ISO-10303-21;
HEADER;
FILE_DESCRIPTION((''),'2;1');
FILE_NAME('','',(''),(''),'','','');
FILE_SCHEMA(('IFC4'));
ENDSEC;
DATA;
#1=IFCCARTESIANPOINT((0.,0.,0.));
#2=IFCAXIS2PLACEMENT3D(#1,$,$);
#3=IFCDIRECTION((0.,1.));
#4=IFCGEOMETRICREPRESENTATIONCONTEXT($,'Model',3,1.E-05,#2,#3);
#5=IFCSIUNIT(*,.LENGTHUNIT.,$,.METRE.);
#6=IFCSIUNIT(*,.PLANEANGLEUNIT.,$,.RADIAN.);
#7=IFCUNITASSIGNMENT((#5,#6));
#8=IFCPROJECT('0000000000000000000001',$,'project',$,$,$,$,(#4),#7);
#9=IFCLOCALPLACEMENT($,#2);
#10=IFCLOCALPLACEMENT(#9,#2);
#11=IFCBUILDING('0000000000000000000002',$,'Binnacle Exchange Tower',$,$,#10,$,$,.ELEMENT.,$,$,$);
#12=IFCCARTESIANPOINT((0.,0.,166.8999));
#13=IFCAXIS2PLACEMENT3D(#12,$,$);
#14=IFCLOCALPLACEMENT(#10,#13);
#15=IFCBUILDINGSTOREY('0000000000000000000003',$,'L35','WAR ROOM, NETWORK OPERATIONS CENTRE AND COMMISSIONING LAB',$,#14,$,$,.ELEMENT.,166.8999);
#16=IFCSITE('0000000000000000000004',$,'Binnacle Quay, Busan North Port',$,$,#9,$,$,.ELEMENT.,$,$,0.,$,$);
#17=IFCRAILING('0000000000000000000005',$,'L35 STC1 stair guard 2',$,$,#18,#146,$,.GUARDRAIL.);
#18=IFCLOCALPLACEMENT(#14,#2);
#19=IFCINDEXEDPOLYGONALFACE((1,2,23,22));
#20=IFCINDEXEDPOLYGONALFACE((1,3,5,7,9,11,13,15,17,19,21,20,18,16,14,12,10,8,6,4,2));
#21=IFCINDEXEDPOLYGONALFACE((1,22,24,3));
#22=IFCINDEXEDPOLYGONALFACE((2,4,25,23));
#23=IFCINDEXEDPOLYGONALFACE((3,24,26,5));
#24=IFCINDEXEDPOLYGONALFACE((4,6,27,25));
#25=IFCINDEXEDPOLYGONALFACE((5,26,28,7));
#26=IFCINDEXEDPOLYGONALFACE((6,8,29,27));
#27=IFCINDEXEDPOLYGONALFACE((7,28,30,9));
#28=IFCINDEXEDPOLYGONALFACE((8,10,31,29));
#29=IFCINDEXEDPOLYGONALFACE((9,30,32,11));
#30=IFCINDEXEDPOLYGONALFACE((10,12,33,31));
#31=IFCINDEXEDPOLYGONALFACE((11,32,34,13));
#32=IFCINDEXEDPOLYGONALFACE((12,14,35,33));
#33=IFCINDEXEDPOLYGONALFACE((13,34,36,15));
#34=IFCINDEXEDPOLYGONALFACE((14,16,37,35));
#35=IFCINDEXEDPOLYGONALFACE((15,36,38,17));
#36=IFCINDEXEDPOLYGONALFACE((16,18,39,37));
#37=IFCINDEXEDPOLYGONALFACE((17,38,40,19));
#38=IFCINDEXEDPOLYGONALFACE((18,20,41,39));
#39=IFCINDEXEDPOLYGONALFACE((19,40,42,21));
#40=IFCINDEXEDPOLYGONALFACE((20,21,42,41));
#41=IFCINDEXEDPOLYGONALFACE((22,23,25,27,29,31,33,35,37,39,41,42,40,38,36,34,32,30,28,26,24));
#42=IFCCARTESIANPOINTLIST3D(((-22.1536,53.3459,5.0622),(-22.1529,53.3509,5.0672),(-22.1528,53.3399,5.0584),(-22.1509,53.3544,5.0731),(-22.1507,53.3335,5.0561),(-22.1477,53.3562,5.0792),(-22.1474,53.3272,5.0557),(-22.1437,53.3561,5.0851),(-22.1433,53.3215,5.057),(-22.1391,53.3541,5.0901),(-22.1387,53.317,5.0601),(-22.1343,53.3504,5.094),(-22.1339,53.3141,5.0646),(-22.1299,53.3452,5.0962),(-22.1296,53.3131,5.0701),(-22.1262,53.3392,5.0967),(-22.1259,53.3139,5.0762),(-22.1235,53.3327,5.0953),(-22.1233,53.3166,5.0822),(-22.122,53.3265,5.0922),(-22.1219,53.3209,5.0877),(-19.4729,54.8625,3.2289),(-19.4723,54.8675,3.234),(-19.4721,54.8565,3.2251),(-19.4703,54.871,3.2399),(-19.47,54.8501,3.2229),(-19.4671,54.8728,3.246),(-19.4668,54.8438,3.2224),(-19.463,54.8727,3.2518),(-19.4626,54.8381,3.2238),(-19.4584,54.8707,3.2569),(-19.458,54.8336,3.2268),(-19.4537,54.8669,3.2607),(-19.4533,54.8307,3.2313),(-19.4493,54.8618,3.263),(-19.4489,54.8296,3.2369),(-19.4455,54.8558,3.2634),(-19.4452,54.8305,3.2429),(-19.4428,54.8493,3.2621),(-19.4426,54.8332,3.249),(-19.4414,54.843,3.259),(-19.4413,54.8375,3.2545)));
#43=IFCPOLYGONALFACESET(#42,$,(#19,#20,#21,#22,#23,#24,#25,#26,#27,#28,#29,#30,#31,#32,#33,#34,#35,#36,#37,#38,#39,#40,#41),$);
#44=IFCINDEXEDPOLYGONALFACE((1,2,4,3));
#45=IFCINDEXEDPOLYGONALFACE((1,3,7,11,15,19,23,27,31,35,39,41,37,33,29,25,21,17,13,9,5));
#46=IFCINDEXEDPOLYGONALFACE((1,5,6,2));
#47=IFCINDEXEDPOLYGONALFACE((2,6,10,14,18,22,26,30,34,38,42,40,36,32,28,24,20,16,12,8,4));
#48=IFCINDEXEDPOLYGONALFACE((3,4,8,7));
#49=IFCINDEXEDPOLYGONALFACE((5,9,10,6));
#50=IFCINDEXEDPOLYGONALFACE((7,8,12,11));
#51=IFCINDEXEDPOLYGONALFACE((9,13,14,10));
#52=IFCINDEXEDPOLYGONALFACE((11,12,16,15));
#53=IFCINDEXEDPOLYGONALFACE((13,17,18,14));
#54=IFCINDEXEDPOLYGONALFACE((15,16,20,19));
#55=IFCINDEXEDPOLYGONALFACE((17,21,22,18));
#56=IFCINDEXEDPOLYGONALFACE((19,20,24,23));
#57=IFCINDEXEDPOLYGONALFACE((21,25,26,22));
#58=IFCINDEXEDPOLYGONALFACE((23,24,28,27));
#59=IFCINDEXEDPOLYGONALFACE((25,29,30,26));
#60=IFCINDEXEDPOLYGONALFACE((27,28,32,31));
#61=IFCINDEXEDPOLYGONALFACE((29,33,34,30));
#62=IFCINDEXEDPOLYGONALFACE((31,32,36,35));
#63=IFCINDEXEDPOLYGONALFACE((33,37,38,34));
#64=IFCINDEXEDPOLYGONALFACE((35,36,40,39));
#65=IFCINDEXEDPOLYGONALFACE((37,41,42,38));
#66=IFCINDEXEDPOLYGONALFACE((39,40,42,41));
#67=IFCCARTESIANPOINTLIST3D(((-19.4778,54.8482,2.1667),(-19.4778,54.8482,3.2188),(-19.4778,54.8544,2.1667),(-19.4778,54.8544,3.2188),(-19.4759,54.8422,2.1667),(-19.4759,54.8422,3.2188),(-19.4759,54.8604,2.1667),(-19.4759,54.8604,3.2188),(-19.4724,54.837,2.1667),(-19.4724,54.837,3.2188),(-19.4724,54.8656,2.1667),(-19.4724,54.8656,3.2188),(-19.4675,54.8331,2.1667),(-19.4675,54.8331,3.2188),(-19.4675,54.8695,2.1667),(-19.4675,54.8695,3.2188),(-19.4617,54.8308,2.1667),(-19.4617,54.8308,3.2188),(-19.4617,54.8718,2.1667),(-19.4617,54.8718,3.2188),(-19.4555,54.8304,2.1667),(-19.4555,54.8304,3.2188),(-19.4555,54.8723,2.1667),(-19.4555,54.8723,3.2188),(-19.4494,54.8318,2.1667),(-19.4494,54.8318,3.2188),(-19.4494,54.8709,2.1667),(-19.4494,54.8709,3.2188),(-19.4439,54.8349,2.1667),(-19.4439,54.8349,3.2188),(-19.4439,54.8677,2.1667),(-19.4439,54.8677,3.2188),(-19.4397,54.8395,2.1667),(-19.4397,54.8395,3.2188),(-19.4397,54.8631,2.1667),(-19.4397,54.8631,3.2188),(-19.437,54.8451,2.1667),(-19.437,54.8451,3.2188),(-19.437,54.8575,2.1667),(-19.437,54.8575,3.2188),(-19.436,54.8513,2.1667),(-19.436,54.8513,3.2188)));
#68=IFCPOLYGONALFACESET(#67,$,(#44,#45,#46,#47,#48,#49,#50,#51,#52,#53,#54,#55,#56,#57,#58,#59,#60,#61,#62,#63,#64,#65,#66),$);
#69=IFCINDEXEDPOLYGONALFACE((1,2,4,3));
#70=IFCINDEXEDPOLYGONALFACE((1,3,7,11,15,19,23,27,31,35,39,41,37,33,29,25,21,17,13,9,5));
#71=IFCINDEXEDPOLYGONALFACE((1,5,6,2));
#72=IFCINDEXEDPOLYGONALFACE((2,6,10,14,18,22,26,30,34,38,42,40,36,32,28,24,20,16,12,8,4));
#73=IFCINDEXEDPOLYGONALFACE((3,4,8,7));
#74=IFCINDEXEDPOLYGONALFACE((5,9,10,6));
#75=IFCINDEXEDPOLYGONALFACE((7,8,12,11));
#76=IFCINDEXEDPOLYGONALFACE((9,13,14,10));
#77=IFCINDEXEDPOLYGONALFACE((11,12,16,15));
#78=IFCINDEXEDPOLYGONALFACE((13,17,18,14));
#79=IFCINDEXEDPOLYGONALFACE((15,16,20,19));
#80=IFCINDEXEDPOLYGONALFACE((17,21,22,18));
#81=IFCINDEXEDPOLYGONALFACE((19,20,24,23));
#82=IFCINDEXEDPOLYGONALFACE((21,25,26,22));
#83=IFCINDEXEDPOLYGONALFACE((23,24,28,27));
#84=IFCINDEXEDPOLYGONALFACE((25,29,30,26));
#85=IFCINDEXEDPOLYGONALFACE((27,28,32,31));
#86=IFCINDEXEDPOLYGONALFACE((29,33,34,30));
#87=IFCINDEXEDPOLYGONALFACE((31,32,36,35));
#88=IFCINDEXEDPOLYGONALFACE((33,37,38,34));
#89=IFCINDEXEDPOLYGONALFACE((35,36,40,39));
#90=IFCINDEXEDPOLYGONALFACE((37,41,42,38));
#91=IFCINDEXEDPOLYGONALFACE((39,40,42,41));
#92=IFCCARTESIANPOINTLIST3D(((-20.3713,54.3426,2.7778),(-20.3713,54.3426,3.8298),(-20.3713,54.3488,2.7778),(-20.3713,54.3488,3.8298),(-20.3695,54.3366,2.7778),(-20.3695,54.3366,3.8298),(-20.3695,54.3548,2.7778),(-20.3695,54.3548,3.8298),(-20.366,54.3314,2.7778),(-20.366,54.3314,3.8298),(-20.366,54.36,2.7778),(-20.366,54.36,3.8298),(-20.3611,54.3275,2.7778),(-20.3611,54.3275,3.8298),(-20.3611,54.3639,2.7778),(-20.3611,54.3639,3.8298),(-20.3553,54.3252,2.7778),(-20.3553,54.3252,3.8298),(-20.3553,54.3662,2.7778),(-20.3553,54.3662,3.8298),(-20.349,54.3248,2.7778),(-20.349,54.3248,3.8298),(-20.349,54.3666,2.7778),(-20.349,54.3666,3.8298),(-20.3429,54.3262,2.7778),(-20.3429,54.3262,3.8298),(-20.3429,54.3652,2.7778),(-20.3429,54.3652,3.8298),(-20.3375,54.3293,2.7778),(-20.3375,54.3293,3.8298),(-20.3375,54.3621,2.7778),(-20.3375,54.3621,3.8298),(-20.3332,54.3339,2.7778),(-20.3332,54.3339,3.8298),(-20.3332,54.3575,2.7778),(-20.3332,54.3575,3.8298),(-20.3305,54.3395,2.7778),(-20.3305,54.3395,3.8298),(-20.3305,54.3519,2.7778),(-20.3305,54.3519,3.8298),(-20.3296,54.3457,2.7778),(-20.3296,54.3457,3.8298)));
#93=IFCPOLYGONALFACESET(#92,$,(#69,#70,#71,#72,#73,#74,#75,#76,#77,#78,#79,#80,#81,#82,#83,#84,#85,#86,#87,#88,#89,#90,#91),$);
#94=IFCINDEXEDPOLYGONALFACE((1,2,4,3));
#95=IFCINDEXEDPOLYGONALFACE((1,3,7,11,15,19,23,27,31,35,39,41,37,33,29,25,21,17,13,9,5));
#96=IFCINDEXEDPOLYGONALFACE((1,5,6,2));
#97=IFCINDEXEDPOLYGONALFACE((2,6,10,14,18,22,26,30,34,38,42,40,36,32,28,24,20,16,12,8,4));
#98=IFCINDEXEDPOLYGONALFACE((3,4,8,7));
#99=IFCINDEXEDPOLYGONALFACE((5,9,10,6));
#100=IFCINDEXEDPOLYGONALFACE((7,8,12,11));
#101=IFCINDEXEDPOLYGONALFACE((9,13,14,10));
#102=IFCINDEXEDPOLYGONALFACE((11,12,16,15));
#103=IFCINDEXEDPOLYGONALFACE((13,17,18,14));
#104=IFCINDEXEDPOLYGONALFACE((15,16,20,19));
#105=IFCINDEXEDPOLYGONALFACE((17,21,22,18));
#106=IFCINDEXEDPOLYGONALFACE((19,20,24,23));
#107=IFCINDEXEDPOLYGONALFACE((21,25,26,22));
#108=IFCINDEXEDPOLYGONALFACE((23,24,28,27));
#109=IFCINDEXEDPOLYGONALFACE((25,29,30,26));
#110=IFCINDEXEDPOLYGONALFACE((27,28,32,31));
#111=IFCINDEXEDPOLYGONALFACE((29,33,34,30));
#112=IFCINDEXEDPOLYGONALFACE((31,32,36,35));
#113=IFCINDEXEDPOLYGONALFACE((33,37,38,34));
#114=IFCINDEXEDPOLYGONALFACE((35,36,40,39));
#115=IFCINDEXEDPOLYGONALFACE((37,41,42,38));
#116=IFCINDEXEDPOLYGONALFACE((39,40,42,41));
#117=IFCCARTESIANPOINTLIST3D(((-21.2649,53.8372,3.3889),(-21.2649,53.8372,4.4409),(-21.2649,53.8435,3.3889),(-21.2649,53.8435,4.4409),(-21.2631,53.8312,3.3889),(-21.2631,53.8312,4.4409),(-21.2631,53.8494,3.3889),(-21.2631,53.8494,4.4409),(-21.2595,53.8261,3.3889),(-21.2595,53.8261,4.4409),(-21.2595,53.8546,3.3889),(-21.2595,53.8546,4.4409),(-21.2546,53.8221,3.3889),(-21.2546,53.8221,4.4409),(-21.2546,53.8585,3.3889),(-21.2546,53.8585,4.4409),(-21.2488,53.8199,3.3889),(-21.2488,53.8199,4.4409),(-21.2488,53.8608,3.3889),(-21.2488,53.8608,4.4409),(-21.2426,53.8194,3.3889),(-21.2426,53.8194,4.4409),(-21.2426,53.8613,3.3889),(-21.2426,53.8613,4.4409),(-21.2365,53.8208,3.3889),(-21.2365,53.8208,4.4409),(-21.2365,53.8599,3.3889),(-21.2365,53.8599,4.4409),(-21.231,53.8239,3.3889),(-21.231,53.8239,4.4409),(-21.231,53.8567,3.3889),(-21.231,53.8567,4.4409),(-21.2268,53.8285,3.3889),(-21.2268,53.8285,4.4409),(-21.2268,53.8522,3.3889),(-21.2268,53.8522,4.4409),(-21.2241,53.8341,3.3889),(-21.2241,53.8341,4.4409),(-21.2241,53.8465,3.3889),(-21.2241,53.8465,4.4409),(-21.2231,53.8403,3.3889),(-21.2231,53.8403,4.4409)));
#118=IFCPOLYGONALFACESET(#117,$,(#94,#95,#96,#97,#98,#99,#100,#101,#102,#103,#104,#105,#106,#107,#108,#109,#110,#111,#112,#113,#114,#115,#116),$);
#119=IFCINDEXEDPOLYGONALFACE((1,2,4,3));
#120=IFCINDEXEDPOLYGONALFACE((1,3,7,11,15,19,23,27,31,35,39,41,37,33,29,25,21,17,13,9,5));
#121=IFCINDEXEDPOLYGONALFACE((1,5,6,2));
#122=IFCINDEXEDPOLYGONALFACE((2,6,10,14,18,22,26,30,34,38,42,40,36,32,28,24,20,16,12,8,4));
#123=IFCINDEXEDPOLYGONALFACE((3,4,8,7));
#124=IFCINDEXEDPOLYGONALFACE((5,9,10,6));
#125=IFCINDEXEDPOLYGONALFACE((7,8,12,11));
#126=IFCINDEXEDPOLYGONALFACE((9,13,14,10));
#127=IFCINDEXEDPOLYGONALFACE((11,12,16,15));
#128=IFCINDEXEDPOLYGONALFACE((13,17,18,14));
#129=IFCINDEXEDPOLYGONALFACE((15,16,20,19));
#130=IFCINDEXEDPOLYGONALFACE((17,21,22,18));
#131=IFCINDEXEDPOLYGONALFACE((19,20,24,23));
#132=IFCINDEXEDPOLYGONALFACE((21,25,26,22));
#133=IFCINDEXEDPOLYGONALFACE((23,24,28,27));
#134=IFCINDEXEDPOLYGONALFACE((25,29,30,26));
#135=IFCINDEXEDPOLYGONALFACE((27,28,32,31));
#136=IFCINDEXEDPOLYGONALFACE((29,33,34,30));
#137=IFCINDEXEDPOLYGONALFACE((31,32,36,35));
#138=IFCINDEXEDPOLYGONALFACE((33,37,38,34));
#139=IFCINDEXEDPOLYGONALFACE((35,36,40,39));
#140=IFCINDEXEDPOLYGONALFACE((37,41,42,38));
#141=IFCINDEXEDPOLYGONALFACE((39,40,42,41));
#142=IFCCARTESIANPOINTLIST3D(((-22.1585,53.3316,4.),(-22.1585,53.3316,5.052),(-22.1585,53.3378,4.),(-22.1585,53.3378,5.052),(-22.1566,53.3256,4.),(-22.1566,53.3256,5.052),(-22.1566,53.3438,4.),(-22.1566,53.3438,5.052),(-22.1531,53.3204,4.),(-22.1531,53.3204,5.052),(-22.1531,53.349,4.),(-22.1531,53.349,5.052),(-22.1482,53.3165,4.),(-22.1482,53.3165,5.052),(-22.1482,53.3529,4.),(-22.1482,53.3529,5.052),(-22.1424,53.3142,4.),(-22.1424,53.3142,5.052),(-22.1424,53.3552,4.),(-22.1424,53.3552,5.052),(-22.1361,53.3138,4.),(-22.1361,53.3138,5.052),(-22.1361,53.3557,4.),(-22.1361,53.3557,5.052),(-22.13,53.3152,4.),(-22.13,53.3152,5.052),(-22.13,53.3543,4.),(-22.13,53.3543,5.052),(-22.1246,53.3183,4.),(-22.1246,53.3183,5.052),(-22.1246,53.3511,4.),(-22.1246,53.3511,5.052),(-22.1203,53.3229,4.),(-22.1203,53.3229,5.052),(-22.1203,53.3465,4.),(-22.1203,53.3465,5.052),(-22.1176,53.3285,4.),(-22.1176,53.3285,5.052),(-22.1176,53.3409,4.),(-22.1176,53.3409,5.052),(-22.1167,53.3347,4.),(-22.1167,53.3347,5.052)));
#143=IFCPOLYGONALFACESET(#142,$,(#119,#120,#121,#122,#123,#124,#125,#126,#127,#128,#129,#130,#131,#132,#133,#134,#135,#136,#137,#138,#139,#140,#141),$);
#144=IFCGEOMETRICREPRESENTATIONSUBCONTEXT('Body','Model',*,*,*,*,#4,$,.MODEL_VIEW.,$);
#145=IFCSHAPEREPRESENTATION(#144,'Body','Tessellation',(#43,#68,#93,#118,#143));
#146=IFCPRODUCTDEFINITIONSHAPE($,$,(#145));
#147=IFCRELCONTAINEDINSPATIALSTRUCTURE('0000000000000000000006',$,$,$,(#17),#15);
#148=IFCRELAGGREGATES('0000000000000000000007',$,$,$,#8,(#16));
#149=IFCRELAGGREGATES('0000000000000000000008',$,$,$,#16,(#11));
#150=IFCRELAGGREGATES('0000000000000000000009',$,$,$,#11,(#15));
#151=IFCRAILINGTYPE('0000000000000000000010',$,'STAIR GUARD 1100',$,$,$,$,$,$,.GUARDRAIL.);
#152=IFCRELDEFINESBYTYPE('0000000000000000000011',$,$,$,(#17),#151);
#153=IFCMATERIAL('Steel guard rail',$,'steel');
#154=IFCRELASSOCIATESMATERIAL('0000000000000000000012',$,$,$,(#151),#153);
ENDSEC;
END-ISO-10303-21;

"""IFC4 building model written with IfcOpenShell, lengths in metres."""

from ifc_helpers import new_model, si_unit, direction, frame, origin, origin_2d, place, context, subcontext, project, spatial, circle, extrude, material, type_object, element, save


model = new_model("IFC4")

# Units and contexts
model_context = context("Model", 3, precision=1e-05, world=origin(), true_north=direction((0.0, 1.0)))
body_context = subcontext(model_context, "Body", "Model", "MODEL_VIEW")
ifc_project = project(units=[si_unit("LENGTHUNIT", "METRE"), si_unit("PLANEANGLEUNIT", "RADIAN")], contexts=[model_context])

# Site, building, storey
site_placement = place(None, origin())
site = spatial("IfcSite", under=ifc_project, at=site_placement, Name="Binnacle Quay, Busan North Port", CompositionType="ELEMENT", RefElevation=0.0)
building_placement = place(site_placement, origin())
building = spatial("IfcBuilding", under=site, at=building_placement, Name="Binnacle Exchange Tower", CompositionType="ELEMENT")
storey_placement = place(building_placement, frame((0.0, 0.0, 166.8999)))
storey = spatial("IfcBuildingStorey", under=building, at=storey_placement, Name="L35", Description="WAR ROOM, NETWORK OPERATIONS CENTRE AND COMMISSIONING LAB", CompositionType="ELEMENT", Elevation=166.8999)

# Railing
ifc_material_1 = material(Name="Steel guard rail", Category="steel")
railing_type_1 = type_object("IfcRailingType", Name="STAIR GUARD 1100", PredefinedType="GUARDRAIL", material=ifc_material_1)
railing_1_placement = place(storey_placement, frame((-19.457, 54.8513, 2.1667)))
element("IfcRailing", 1, at=railing_1_placement, inside=storey, type_object=railing_type_1, Name="L35 STC1 stair guard 2", PredefinedType="GUARDRAIL", context=body_context, shape_type="SweptSolid", body=[
    extrude(circle(Radius=0.0239, at=origin_2d()), frame((0.0, 0.0, 1.0762), z_axis=(-0.747901, -0.423129, 0.511474), x_axis=(0.492412, -0.870362, 0.0)), (0.0, 0.0, 1.0), 3.5842),
    extrude(circle(Radius=0.021, at=origin_2d()), origin(), (0.0, 0.0, 1.0), 1.052),
    extrude(circle(Radius=0.021, at=origin_2d()), frame((-0.8936, -0.5056, 0.6111)), (0.0, 0.0, 1.0), 1.052),
    extrude(circle(Radius=0.021, at=origin_2d()), frame((-1.7871, -1.011, 1.2222)), (0.0, 0.0, 1.0), 1.052),
    extrude(circle(Radius=0.021, at=origin_2d()), frame((-2.6807, -1.5166, 1.8333)), (0.0, 0.0, 1.0), 1.052),
])

save(model, "model.ifc")
